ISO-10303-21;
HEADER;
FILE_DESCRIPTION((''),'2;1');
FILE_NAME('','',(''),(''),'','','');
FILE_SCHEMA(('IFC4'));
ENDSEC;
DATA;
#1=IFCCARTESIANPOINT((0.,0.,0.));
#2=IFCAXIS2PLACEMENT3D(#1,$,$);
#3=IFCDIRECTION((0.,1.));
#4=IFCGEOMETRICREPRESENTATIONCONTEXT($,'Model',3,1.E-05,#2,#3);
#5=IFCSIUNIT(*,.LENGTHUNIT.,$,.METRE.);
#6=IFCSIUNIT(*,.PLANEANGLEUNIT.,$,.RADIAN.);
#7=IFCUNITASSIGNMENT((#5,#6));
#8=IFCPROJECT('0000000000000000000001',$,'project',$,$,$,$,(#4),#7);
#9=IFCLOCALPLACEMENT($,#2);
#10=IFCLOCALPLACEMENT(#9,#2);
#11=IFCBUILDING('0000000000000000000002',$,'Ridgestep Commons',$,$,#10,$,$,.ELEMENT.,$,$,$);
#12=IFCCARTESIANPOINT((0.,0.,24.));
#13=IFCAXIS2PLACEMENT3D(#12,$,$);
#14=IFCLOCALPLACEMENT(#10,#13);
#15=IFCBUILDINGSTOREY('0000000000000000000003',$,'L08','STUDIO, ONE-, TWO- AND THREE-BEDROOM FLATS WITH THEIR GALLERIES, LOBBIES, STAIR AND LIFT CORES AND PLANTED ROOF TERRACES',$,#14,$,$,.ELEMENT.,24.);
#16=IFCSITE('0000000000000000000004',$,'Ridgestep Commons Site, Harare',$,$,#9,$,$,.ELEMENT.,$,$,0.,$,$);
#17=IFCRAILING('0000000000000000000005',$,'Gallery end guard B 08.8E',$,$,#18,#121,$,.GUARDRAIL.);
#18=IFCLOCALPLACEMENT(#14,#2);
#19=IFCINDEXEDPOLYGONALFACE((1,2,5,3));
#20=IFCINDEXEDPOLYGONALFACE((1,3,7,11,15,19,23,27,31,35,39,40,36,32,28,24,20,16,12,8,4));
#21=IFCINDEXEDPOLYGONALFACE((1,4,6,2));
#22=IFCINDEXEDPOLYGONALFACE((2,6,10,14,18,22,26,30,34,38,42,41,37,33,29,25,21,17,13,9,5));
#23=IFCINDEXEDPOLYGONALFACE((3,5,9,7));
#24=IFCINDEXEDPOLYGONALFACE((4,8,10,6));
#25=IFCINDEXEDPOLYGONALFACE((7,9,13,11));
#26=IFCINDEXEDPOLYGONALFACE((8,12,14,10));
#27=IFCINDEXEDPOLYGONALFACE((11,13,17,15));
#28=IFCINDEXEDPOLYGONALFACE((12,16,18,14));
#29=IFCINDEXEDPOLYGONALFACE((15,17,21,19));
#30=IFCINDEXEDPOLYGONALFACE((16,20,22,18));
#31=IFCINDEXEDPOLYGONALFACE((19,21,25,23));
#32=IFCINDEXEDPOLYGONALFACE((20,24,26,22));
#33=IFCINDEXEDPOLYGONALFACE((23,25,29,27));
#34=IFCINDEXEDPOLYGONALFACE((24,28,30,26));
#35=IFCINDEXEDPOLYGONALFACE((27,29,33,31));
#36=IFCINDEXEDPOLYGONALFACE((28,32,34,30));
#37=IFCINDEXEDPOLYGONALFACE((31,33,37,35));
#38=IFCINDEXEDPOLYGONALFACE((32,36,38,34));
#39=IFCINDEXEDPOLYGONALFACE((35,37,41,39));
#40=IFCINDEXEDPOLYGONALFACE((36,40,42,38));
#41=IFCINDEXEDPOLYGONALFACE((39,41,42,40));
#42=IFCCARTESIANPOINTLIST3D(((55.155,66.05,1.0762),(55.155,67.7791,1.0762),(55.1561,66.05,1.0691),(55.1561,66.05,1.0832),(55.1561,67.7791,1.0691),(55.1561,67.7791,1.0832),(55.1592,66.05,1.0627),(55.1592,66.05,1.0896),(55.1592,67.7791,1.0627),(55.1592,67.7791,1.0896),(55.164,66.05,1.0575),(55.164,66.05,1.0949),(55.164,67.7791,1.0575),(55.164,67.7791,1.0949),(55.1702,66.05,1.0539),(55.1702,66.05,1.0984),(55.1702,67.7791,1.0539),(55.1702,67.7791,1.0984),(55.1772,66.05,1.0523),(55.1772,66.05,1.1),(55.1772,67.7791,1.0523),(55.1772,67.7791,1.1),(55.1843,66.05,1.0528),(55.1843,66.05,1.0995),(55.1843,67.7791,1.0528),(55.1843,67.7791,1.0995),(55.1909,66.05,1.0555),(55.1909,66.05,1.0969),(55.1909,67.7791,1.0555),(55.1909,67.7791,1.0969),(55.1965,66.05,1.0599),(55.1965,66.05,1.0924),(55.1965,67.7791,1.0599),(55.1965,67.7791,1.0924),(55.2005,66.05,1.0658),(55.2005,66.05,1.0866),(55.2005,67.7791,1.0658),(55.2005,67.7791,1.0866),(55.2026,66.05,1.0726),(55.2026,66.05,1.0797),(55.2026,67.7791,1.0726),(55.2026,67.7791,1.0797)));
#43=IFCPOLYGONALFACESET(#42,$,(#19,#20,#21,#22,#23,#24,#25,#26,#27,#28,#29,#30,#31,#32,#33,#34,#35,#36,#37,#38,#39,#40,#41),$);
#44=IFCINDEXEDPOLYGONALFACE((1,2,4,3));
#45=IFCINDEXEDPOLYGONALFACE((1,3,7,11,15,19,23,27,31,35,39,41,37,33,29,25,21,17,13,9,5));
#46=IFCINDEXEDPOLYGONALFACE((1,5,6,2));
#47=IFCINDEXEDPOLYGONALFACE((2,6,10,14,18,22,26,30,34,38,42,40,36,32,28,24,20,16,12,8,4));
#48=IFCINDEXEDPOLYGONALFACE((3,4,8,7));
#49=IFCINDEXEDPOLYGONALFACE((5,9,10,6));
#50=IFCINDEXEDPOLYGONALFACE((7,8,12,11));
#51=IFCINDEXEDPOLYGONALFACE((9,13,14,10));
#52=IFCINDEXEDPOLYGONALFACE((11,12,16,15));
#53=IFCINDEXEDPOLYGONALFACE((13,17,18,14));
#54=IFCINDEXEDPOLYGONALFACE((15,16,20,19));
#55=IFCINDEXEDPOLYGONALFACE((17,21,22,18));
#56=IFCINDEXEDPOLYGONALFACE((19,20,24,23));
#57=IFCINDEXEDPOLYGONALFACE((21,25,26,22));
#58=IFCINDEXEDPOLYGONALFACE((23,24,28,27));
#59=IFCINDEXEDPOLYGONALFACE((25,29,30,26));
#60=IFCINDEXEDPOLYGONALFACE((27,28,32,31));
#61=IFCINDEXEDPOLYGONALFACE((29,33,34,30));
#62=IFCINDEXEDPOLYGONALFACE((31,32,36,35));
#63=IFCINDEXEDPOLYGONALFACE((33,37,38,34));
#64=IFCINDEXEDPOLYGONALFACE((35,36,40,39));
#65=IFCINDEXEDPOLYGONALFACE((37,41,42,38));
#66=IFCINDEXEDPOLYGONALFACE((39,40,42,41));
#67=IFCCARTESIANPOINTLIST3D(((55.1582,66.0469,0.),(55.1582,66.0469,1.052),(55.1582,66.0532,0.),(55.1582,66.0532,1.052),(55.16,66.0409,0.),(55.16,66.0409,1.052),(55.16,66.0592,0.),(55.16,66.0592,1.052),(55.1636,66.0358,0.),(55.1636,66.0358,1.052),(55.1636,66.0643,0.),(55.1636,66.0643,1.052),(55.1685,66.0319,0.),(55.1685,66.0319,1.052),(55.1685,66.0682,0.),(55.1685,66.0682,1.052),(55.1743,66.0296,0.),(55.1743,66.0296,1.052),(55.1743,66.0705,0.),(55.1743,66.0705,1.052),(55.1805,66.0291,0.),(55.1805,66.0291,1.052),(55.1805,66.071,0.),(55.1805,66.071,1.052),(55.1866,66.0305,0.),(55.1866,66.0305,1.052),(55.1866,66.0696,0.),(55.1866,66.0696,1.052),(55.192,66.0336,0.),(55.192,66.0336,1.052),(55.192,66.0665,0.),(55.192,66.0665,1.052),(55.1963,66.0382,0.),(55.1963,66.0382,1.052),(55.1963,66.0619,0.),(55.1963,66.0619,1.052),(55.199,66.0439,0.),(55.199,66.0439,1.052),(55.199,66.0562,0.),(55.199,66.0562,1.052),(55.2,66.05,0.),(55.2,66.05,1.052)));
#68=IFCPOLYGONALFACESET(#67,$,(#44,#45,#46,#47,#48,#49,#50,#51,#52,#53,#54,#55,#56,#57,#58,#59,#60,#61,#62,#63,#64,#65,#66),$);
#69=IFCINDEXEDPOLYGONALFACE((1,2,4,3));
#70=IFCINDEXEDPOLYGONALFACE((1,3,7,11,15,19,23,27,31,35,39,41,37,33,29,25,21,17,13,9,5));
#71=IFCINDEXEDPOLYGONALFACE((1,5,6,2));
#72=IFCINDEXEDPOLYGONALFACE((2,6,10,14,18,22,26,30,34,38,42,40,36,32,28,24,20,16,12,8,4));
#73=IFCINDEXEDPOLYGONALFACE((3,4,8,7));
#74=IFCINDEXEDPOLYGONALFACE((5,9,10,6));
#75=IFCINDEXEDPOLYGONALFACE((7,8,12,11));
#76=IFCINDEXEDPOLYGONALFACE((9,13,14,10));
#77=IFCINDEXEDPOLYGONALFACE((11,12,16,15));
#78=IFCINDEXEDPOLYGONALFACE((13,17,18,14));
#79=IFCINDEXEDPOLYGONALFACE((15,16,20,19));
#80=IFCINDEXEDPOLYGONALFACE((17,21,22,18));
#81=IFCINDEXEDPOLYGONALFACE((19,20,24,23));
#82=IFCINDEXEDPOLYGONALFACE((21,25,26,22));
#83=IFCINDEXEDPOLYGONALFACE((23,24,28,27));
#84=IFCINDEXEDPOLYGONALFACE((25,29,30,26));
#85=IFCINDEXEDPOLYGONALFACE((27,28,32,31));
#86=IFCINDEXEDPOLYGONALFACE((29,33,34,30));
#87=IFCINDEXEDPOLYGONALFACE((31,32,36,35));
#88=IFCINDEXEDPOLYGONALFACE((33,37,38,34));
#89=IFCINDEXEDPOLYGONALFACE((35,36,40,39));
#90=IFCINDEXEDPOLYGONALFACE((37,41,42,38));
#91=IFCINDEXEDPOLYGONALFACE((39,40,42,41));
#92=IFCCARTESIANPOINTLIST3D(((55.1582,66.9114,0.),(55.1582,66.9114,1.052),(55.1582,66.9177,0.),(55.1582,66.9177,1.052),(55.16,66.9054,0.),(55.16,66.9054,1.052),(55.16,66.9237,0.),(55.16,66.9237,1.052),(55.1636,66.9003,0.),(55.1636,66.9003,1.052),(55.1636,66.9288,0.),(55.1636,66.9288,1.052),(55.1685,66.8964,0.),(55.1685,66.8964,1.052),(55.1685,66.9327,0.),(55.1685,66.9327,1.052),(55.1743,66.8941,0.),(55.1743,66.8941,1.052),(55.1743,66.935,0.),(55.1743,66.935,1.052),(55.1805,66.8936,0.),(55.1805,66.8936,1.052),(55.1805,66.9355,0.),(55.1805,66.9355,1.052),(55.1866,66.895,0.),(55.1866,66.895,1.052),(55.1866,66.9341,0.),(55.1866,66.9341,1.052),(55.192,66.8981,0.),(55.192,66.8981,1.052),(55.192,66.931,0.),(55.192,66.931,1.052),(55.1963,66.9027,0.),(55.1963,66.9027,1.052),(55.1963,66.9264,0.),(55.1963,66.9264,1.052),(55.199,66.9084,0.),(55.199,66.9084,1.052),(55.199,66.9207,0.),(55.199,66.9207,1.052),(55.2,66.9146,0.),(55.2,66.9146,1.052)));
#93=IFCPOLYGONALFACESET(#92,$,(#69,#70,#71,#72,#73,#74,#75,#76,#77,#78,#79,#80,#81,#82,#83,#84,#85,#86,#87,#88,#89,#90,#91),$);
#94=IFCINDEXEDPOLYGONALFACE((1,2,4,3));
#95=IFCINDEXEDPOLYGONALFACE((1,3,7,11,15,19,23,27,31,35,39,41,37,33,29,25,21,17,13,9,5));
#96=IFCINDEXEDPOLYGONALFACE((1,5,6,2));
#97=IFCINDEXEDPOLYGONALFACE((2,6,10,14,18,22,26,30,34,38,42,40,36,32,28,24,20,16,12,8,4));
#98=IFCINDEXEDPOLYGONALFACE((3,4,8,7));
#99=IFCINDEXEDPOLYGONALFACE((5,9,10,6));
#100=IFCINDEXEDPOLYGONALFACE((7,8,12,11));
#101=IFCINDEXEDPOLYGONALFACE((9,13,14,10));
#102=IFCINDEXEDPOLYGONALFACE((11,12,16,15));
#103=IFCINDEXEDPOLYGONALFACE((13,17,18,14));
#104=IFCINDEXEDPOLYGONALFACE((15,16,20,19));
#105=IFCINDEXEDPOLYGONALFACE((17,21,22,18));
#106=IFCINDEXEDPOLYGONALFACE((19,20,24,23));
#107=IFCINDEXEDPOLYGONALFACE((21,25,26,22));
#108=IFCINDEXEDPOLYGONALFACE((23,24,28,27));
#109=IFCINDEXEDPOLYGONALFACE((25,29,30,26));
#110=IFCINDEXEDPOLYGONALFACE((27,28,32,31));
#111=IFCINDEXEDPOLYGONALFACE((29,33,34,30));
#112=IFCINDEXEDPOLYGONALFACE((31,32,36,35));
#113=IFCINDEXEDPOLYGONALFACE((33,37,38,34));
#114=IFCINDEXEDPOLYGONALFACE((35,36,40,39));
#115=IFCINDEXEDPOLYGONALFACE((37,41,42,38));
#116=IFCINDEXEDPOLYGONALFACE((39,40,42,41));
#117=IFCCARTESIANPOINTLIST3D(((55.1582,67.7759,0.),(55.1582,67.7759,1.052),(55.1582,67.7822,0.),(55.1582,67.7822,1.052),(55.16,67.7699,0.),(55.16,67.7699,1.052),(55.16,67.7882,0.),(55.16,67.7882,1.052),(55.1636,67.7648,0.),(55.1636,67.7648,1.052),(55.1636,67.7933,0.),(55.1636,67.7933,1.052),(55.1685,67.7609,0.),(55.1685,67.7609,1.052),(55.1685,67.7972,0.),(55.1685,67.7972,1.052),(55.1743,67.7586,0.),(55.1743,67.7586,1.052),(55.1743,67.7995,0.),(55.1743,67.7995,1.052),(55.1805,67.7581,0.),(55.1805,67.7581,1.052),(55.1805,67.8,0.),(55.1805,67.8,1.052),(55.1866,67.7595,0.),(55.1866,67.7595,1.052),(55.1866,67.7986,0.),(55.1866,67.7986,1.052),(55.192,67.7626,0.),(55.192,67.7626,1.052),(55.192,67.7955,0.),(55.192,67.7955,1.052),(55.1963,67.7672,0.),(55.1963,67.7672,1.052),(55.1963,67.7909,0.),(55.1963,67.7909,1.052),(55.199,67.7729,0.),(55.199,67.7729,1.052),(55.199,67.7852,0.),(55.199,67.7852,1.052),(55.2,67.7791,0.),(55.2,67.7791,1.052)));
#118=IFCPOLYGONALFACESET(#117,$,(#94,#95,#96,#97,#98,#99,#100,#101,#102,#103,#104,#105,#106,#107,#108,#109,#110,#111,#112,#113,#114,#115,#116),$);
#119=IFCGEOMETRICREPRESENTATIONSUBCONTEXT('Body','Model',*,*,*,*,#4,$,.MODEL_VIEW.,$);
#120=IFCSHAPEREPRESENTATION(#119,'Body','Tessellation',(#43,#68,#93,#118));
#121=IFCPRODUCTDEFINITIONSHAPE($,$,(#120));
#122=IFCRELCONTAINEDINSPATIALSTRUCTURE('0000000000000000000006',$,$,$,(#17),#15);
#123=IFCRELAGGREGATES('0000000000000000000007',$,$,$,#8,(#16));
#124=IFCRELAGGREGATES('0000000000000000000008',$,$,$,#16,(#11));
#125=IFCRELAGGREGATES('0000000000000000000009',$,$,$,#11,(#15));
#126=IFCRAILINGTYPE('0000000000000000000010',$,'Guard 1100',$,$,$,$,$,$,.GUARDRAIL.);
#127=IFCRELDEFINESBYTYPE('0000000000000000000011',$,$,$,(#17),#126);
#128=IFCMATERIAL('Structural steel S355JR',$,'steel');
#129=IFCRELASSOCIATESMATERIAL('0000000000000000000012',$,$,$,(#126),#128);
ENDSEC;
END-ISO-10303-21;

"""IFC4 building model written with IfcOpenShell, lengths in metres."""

from ifc_helpers import new_model, si_unit, direction, frame, origin, origin_2d, place, context, subcontext, project, spatial, circle, extrude, material, type_object, element, save


model = new_model("IFC4")

# Units and contexts
model_context = context("Model", 3, precision=1e-05, world=origin(), true_north=direction((0.0, 1.0)))
body_context = subcontext(model_context, "Body", "Model", "MODEL_VIEW")
ifc_project = project(units=[si_unit("LENGTHUNIT", "METRE"), si_unit("PLANEANGLEUNIT", "RADIAN")], contexts=[model_context])

# Site, building, storey
site_placement = place(None, origin())
site = spatial("IfcSite", under=ifc_project, at=site_placement, Name="Ridgestep Commons Site, Harare", CompositionType="ELEMENT", RefElevation=0.0)
building_placement = place(site_placement, origin())
building = spatial("IfcBuilding", under=site, at=building_placement, Name="Ridgestep Commons", CompositionType="ELEMENT")
storey_placement = place(building_placement, frame((0.0, 0.0, 24.0)))
storey = spatial("IfcBuildingStorey", under=building, at=storey_placement, Name="L08", Description="STUDIO, ONE-, TWO- AND THREE-BEDROOM FLATS WITH THEIR GALLERIES, LOBBIES, STAIR AND LIFT CORES AND PLANTED ROOF TERRACES", CompositionType="ELEMENT", Elevation=24.0)

# Railing
ifc_material_1 = material(Name="Structural steel S355JR", Category="steel")
railing_type = type_object("IfcRailingType", Name="Guard 1100", PredefinedType="GUARDRAIL", material=ifc_material_1)
railing_1_placement = place(storey_placement, frame((55.179, 66.05, 0.0)))
element("IfcRailing", 1, at=railing_1_placement, inside=storey, type_object=railing_type, Name="Gallery end guard B 08.8E", PredefinedType="GUARDRAIL", context=body_context, shape_type="SweptSolid", body=[
    extrude(circle(Radius=0.0239, at=origin_2d()), frame((0.0, 0.0, 1.0762), z_axis=(0.0, 1.0, 0.0), x_axis=(-1.0, 0.0, 0.0)), (0.0, 0.0, 1.0), 1.729),
    extrude(circle(Radius=0.021, at=origin_2d()), origin(), (0.0, 0.0, 1.0), 1.052),
    extrude(circle(Radius=0.021, at=origin_2d()), frame((0.0, 0.8645, 0.0)), (0.0, 0.0, 1.0), 1.052),
    extrude(circle(Radius=0.021, at=origin_2d()), frame((0.0, 1.729, 0.0)), (0.0, 0.0, 1.0), 1.052),
])

save(model, "model.ifc")
